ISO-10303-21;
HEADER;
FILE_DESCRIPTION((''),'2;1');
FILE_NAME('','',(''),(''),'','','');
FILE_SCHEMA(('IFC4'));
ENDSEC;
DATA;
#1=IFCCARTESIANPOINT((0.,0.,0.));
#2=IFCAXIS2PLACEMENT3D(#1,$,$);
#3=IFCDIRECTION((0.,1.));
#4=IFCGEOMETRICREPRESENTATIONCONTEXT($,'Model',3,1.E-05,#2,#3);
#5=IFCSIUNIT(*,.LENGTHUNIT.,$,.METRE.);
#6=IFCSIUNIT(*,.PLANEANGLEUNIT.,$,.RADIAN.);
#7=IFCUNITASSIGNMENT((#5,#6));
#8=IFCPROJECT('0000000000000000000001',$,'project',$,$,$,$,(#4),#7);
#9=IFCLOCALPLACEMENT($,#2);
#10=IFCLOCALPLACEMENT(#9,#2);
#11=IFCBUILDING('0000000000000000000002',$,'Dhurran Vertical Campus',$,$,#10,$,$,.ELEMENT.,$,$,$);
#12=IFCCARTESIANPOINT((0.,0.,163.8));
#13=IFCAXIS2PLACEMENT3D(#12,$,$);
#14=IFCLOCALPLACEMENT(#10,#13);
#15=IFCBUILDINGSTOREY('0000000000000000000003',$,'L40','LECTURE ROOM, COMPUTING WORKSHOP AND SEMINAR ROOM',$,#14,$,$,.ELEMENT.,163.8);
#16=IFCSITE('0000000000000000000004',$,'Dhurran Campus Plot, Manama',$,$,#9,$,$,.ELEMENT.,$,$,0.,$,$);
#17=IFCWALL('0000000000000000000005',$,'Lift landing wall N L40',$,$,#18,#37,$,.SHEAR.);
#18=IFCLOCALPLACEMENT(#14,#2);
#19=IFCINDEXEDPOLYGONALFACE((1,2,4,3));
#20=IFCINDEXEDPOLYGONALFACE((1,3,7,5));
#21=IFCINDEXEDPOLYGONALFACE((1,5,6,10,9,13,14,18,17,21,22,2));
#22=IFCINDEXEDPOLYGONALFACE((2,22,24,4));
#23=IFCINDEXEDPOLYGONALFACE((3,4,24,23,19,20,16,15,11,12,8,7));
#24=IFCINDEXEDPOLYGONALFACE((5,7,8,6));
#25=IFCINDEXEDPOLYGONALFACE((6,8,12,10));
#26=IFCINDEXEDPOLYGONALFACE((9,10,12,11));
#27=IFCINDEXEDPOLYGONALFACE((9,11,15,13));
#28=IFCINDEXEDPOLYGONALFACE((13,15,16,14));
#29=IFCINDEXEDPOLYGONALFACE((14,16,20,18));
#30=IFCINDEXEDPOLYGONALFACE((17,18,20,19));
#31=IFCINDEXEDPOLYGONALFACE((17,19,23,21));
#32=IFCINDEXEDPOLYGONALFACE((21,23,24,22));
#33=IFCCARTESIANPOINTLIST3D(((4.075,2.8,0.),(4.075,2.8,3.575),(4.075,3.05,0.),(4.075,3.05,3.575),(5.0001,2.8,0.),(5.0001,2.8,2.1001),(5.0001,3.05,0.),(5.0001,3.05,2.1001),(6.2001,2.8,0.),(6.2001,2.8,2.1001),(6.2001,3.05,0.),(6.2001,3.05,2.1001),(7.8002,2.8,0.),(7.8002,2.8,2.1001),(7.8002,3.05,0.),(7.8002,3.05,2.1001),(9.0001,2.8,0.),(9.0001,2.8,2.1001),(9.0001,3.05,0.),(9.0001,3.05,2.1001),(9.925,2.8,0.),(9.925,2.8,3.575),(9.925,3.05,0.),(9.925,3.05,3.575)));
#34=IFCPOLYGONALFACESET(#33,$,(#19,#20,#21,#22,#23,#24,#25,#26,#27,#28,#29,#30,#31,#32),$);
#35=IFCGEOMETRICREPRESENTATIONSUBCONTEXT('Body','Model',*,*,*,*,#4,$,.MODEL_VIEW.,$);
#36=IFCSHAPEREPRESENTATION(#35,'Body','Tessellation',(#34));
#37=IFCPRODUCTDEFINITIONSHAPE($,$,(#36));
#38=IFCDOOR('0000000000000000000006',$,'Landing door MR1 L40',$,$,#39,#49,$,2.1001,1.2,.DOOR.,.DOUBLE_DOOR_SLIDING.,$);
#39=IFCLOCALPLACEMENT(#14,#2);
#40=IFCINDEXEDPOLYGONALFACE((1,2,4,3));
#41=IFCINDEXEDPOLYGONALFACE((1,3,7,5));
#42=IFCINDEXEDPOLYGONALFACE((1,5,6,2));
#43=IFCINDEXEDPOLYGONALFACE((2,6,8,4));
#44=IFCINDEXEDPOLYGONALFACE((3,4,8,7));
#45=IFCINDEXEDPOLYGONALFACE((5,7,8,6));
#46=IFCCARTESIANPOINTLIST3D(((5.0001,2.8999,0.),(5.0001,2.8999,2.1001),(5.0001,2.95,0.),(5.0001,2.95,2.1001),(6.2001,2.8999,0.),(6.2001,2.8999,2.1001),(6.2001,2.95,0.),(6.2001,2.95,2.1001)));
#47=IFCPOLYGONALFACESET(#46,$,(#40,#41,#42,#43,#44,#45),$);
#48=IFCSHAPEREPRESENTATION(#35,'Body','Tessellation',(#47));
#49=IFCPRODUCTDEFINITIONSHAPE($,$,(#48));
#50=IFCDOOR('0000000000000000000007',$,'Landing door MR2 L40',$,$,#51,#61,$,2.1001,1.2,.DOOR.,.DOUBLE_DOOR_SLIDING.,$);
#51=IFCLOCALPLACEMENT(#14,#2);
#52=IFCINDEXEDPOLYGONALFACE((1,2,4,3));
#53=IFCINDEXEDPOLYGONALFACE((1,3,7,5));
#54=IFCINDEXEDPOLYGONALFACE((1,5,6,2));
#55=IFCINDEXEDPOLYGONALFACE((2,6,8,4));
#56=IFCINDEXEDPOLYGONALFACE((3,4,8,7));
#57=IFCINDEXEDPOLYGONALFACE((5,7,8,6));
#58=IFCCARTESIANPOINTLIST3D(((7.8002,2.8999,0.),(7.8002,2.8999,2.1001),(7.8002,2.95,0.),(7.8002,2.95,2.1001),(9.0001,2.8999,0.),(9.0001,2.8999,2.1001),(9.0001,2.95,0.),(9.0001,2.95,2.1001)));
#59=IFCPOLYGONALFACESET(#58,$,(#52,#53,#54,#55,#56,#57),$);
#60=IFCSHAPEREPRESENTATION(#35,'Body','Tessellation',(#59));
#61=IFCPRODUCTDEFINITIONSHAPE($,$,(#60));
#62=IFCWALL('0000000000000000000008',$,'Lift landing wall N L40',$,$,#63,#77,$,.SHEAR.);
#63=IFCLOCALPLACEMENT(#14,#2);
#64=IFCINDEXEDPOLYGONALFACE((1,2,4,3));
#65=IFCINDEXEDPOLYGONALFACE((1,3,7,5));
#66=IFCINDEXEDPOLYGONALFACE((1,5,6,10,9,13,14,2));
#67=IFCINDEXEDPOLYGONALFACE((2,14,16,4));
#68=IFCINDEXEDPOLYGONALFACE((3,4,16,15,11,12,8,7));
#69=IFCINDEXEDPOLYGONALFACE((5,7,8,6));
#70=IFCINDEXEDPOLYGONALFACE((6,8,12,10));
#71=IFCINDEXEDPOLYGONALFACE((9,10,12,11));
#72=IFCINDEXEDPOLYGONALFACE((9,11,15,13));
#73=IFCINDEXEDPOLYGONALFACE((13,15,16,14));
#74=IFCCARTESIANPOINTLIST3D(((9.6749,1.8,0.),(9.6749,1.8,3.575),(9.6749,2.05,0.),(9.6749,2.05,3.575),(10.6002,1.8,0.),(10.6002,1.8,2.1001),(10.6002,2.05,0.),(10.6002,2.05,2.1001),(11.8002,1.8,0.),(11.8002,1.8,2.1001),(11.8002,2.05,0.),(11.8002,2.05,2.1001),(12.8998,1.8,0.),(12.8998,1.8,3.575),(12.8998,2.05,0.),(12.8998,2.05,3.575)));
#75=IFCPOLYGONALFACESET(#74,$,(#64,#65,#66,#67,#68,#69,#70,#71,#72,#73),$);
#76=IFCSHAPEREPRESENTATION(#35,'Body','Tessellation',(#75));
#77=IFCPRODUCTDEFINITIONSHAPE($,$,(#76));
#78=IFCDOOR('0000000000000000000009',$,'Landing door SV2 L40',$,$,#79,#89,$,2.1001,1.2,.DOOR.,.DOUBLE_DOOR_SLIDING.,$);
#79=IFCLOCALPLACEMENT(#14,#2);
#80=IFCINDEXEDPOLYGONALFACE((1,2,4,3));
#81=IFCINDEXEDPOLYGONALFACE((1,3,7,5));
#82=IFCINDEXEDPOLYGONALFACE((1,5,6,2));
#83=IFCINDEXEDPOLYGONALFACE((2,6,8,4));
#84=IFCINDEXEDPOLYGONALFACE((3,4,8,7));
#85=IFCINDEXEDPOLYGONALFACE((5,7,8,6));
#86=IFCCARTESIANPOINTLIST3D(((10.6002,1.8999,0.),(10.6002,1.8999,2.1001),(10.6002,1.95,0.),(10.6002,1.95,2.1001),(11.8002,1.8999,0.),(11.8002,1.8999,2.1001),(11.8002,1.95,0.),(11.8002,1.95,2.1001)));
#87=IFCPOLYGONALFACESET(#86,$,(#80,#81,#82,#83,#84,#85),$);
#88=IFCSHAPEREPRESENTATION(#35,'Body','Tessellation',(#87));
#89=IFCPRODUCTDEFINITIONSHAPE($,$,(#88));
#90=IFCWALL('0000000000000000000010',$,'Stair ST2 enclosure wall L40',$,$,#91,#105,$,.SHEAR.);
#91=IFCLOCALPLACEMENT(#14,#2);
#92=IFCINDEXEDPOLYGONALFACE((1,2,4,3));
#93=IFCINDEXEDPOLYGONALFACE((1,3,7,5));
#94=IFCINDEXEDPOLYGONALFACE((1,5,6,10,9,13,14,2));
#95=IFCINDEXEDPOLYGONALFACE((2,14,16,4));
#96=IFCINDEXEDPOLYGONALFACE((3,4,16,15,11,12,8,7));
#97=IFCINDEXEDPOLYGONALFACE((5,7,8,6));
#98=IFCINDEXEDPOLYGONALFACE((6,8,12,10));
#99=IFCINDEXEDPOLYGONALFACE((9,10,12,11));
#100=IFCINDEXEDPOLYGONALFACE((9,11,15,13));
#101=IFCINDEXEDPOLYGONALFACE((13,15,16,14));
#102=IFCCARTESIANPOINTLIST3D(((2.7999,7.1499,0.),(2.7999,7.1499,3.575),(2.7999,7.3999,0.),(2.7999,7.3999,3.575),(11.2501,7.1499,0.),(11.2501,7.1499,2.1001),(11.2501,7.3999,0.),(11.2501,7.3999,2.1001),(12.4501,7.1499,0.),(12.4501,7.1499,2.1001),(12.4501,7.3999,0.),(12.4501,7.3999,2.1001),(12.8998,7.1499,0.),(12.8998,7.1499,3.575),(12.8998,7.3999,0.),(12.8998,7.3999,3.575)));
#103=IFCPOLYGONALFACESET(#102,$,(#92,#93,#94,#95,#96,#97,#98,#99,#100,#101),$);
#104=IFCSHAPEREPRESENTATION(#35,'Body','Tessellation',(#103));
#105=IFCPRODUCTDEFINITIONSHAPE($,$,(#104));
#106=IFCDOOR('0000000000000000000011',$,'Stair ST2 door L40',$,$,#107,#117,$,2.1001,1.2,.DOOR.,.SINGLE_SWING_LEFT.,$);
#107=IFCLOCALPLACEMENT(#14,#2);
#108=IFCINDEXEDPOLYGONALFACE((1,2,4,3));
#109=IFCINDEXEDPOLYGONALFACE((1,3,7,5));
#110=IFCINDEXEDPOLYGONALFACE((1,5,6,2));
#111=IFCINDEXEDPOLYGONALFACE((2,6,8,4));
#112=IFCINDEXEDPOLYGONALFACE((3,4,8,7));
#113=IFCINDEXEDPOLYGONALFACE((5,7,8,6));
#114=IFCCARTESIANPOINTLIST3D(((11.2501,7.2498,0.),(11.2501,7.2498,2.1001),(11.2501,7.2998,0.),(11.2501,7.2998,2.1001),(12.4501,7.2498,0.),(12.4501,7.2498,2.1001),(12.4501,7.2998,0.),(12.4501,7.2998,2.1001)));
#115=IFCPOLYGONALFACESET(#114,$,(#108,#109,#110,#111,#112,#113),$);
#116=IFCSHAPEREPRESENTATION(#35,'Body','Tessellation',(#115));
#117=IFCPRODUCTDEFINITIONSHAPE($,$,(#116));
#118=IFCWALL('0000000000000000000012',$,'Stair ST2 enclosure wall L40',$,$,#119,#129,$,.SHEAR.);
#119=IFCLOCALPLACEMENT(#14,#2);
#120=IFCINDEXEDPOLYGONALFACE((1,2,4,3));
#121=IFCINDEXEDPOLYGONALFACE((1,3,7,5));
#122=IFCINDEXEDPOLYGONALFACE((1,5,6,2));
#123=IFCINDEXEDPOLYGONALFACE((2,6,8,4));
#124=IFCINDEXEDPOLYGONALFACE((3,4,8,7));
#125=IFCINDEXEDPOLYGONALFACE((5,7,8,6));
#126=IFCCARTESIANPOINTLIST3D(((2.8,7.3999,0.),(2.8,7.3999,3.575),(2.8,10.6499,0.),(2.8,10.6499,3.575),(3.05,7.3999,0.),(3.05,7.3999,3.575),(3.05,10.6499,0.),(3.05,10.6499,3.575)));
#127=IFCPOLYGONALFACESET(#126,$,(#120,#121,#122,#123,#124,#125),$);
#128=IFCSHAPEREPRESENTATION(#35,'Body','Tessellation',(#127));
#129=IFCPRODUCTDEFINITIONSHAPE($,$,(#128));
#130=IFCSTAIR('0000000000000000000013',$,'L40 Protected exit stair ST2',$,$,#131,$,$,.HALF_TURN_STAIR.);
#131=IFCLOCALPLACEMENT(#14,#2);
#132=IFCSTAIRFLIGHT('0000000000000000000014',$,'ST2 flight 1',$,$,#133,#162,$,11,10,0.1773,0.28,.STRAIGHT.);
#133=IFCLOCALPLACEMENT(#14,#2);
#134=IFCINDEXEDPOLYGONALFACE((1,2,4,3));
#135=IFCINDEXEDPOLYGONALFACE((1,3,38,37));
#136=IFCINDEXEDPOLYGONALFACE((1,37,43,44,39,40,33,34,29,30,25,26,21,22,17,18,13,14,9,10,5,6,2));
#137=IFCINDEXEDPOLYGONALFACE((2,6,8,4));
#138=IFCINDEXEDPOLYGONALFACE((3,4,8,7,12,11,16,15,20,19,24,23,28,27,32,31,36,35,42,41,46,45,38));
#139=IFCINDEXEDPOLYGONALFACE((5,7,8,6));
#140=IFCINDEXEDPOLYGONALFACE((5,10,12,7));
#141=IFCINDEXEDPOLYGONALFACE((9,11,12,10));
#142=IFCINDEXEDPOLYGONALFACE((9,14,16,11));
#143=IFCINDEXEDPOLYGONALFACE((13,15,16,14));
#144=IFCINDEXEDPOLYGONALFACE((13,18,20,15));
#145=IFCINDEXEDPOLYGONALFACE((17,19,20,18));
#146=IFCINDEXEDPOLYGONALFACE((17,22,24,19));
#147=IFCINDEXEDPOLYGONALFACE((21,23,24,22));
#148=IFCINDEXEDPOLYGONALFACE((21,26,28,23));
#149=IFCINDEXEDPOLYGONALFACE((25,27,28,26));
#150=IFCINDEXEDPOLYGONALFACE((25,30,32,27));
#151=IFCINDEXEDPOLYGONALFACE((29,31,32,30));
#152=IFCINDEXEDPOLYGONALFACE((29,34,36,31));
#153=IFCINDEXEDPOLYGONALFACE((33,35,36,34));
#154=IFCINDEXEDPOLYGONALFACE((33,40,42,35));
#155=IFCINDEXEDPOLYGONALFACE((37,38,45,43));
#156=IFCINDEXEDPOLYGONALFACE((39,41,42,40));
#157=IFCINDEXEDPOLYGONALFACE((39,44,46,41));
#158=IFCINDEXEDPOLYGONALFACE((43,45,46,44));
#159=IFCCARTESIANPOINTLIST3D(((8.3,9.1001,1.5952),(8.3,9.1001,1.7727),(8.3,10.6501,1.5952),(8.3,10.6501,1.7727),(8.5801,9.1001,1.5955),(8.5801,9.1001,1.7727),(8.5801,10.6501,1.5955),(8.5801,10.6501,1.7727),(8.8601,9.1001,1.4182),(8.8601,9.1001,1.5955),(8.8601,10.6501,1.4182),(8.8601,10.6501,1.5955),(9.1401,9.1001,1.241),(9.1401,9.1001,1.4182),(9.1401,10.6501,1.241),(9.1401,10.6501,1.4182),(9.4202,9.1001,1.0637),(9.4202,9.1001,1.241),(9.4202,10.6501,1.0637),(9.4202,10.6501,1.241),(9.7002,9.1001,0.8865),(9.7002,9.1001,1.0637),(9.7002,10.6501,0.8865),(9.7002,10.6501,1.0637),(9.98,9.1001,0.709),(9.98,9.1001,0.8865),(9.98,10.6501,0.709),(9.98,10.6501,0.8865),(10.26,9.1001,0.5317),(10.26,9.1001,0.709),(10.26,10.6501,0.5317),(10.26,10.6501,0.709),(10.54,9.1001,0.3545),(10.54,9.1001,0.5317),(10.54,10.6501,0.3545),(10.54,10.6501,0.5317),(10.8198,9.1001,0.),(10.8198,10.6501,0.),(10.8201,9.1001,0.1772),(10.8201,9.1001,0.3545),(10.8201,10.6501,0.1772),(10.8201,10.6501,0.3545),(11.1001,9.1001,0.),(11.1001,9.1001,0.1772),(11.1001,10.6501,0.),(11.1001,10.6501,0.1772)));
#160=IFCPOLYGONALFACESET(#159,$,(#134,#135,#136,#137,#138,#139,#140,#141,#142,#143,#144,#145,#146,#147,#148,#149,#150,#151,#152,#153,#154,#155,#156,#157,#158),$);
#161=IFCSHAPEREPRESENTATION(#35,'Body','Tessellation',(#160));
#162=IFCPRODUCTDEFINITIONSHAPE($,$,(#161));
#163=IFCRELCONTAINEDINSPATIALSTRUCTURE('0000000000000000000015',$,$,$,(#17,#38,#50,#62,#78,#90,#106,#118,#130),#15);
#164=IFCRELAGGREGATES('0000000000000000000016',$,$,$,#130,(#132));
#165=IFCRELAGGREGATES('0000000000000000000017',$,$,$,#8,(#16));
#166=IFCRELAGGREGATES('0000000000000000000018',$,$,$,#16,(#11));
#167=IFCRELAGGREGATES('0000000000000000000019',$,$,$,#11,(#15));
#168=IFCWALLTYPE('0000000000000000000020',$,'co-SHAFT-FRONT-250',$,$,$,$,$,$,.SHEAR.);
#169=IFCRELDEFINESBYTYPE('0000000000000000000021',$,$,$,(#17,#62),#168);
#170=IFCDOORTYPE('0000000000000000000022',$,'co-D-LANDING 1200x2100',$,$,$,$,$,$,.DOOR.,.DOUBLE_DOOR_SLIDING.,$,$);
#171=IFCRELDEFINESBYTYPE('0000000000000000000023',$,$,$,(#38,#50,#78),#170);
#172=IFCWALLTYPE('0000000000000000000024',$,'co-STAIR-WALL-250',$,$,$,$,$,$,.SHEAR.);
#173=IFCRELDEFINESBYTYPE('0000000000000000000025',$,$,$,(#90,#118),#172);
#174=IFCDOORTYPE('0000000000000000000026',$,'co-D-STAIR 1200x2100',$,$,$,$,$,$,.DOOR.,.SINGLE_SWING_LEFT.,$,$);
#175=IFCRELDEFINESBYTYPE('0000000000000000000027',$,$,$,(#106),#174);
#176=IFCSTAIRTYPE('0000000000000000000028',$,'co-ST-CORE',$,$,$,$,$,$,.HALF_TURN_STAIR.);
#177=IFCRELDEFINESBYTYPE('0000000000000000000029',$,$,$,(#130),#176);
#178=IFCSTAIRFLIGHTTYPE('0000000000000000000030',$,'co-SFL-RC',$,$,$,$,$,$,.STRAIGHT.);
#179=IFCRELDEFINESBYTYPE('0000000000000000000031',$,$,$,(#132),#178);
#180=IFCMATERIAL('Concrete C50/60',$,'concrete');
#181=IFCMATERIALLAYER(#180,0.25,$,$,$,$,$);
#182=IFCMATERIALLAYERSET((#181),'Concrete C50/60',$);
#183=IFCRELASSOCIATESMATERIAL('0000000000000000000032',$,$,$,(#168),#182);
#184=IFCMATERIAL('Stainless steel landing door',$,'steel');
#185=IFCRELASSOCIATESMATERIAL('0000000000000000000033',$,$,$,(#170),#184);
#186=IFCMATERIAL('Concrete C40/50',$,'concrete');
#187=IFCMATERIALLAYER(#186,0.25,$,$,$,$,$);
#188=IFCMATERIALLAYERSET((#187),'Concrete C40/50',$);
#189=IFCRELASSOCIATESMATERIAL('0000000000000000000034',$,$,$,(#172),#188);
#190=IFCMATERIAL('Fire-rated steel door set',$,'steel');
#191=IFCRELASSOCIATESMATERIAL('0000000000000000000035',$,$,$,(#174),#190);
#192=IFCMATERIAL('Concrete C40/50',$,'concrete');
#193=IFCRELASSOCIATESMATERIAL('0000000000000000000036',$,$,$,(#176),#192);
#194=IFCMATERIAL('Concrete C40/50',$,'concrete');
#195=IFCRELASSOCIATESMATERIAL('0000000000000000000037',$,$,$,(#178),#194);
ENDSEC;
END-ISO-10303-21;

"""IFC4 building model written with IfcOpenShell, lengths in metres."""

from ifc_helpers import new_model, si_unit, direction, frame, frame_2d, origin, place, context, subcontext, project, spatial, polyline, rectangle, outline, extrude, material, layer, layer_set, type_object, element, fill, aggregate, save


model = new_model("IFC4")

# Units and contexts
model_context = context("Model", 3, precision=1e-05, world=origin(), true_north=direction((0.0, 1.0)))
body_context = subcontext(model_context, "Body", "Model", "MODEL_VIEW")
ifc_project = project(units=[si_unit("LENGTHUNIT", "METRE"), si_unit("PLANEANGLEUNIT", "RADIAN")], contexts=[model_context])

# Site, building, storey
site_placement = place(None, origin())
site = spatial("IfcSite", under=ifc_project, at=site_placement, Name="Dhurran Campus Plot, Manama", CompositionType="ELEMENT", RefElevation=0.0)
building_placement = place(site_placement, origin())
building = spatial("IfcBuilding", under=site, at=building_placement, Name="Dhurran Vertical Campus", CompositionType="ELEMENT")
storey_placement = place(building_placement, frame((0.0, 0.0, 163.8)))
storey = spatial("IfcBuildingStorey", under=building, at=storey_placement, Name="L40", Description="LECTURE ROOM, COMPUTING WORKSHOP AND SEMINAR ROOM", CompositionType="ELEMENT", Elevation=163.8)

# Wall, openings, doors
ifc_material_1 = material(Name="Concrete C50/60", Category="concrete")
ifc_layer_1 = layer(ifc_material_1, 0.25)
ifc_layer_set_1 = layer_set([ifc_layer_1], Name="Concrete C50/60")
wall_type_1 = type_object("IfcWallType", Name="co-SHAFT-FRONT-250", PredefinedType="SHEAR", material=ifc_layer_set_1)
wall_1_placement = place(storey_placement, frame((4.075, 2.925, 0.0), z_axis=(0.0, 0.0, 1.0), x_axis=(1.0, 0.0, 0.0)))
wall_1 = element("IfcWall", 1, at=wall_1_placement, inside=storey, type_object=wall_type_1, Name="Lift landing wall N L40", PredefinedType="SHEAR", context=body_context, shape_type="SweptSolid", body=[
    extrude(rectangle(XDim=5.8501, YDim=0.25, at=frame_2d((2.925, 0.0))), origin(), (0.0, 0.0, 1.0), 3.575),
])
opening_1_placement = place(wall_1_placement, frame((0.925, 0.0, 0.0)))
opening_1 = element("IfcOpeningElement", 2, at=opening_1_placement, cuts=wall_1, PredefinedType="OPENING", context=body_context, shape_type="SweptSolid", body=[
    extrude(rectangle(XDim=1.2, YDim=2.1001, at=frame_2d((0.6001, 1.05))), frame((0.0, 0.135, 0.0), z_axis=(0.0, -1.0, 0.0), x_axis=(1.0, 0.0, 0.0)), (0.0, 0.0, 1.0), 0.27),
])
opening_2_placement = place(wall_1_placement, frame((3.7251, 0.0, 0.0)))
opening_2 = element("IfcOpeningElement", 3, at=opening_2_placement, cuts=wall_1, PredefinedType="OPENING", context=body_context, shape_type="SweptSolid", body=[
    extrude(rectangle(XDim=1.2, YDim=2.1001, at=frame_2d((0.6001, 1.05))), frame((0.0, 0.135, 0.0), z_axis=(0.0, -1.0, 0.0), x_axis=(1.0, 0.0, 0.0)), (0.0, 0.0, 1.0), 0.27),
])
ifc_material_2 = material(Name="Stainless steel landing door", Category="steel")
door_type_1 = type_object("IfcDoorType", Name="co-D-LANDING 1200x2100", OperationType="DOUBLE_DOOR_SLIDING", PredefinedType="DOOR", material=ifc_material_2)
door_1_placement = place(opening_1_placement, origin())
door_1 = element("IfcDoor", 4, at=door_1_placement, inside=storey, type_object=door_type_1, Name="Landing door MR1 L40", OperationType="DOUBLE_DOOR_SLIDING", OverallHeight=2.1001, OverallWidth=1.2, PredefinedType="DOOR", context=body_context, shape_type="SweptSolid", body=[
    extrude(rectangle(XDim=1.2, YDim=2.1001, at=frame_2d((0.6001, 1.05))), frame((0.0, 0.0249, 0.0), z_axis=(0.0, -1.0, 0.0), x_axis=(1.0, 0.0, 0.0)), (0.0, 0.0, 1.0), 0.05),
])
fill(opening_1, door_1)
door_2_placement = place(opening_2_placement, origin())
door_2 = element("IfcDoor", 5, at=door_2_placement, inside=storey, type_object=door_type_1, Name="Landing door MR2 L40", OperationType="DOUBLE_DOOR_SLIDING", OverallHeight=2.1001, OverallWidth=1.2, PredefinedType="DOOR", context=body_context, shape_type="SweptSolid", body=[
    extrude(rectangle(XDim=1.2, YDim=2.1001, at=frame_2d((0.6001, 1.05))), frame((0.0, 0.0249, 0.0), z_axis=(0.0, -1.0, 0.0), x_axis=(1.0, 0.0, 0.0)), (0.0, 0.0, 1.0), 0.05),
])
fill(opening_2, door_2)

# Walls, openings, doors
wall_2_placement = place(storey_placement, frame((9.675, 1.925, 0.0), z_axis=(0.0, 0.0, 1.0), x_axis=(1.0, 0.0, 0.0)))
wall_2 = element("IfcWall", 6, at=wall_2_placement, inside=storey, type_object=wall_type_1, Name="Lift landing wall N L40", PredefinedType="SHEAR", context=body_context, shape_type="SweptSolid", body=[
    extrude(rectangle(XDim=3.2249, YDim=0.25, at=frame_2d((1.6123, 0.0))), origin(), (0.0, 0.0, 1.0), 3.575),
])
opening_3_placement = place(wall_2_placement, frame((0.925, 0.0, 0.0)))
opening_3 = element("IfcOpeningElement", 7, at=opening_3_placement, cuts=wall_2, PredefinedType="OPENING", context=body_context, shape_type="SweptSolid", body=[
    extrude(rectangle(XDim=1.2, YDim=2.1001, at=frame_2d((0.6001, 1.05))), frame((0.0, 0.135, 0.0), z_axis=(0.0, -1.0, 0.0), x_axis=(1.0, 0.0, 0.0)), (0.0, 0.0, 1.0), 0.27),
])
door_3_placement = place(opening_3_placement, origin())
door_3 = element("IfcDoor", 8, at=door_3_placement, inside=storey, type_object=door_type_1, Name="Landing door SV2 L40", OperationType="DOUBLE_DOOR_SLIDING", OverallHeight=2.1001, OverallWidth=1.2, PredefinedType="DOOR", context=body_context, shape_type="SweptSolid", body=[
    extrude(rectangle(XDim=1.2, YDim=2.1001, at=frame_2d((0.6001, 1.05))), frame((0.0, 0.0249, 0.0), z_axis=(0.0, -1.0, 0.0), x_axis=(1.0, 0.0, 0.0)), (0.0, 0.0, 1.0), 0.05),
])
fill(opening_3, door_3)
ifc_material_3 = material(Name="Concrete C40/50", Category="concrete")
ifc_layer_2 = layer(ifc_material_3, 0.25)
ifc_layer_set_2 = layer_set([ifc_layer_2], Name="Concrete C40/50")
wall_type_2 = type_object("IfcWallType", Name="co-STAIR-WALL-250", PredefinedType="SHEAR", material=ifc_layer_set_2)
wall_3_placement = place(storey_placement, frame((2.8, 7.2749, 0.0), z_axis=(0.0, 0.0, 1.0), x_axis=(1.0, 0.0, 0.0)))
wall_3 = element("IfcWall", 9, at=wall_3_placement, inside=storey, type_object=wall_type_2, Name="Stair ST2 enclosure wall L40", PredefinedType="SHEAR", context=body_context, shape_type="SweptSolid", body=[
    extrude(rectangle(XDim=10.0999, YDim=0.25, at=frame_2d((5.0498, 0.0))), origin(), (0.0, 0.0, 1.0), 3.575),
])
opening_4_placement = place(wall_3_placement, frame((8.45, 0.0, 0.0)))
opening_4 = element("IfcOpeningElement", 10, at=opening_4_placement, cuts=wall_3, PredefinedType="OPENING", context=body_context, shape_type="SweptSolid", body=[
    extrude(rectangle(XDim=1.2, YDim=2.1001, at=frame_2d((0.6001, 1.05))), frame((0.0, 0.135, 0.0), z_axis=(0.0, -1.0, 0.0), x_axis=(1.0, 0.0, 0.0)), (0.0, 0.0, 1.0), 0.27),
])
ifc_material_4 = material(Name="Fire-rated steel door set", Category="steel")
door_type_2 = type_object("IfcDoorType", Name="co-D-STAIR 1200x2100", OperationType="SINGLE_SWING_LEFT", PredefinedType="DOOR", material=ifc_material_4)
door_4_placement = place(opening_4_placement, origin())
door_4 = element("IfcDoor", 11, at=door_4_placement, inside=storey, type_object=door_type_2, Name="Stair ST2 door L40", OperationType="SINGLE_SWING_LEFT", OverallHeight=2.1001, OverallWidth=1.2, PredefinedType="DOOR", context=body_context, shape_type="SweptSolid", body=[
    extrude(rectangle(XDim=1.2, YDim=2.1001, at=frame_2d((0.6001, 1.05))), frame((0.0, 0.0249, 0.0), z_axis=(0.0, -1.0, 0.0), x_axis=(1.0, 0.0, 0.0)), (0.0, 0.0, 1.0), 0.05),
])
fill(opening_4, door_4)

# Wall
wall_4_placement = place(storey_placement, frame((2.925, 7.3999, 0.0), z_axis=(0.0, 0.0, 1.0), x_axis=(0.0, 1.0, 0.0)))
element("IfcWall", 12, at=wall_4_placement, inside=storey, type_object=wall_type_2, Name="Stair ST2 enclosure wall L40", PredefinedType="SHEAR", context=body_context, shape_type="SweptSolid", body=[
    extrude(rectangle(XDim=3.25, YDim=0.25, at=frame_2d((1.625, 0.0))), origin(), (0.0, 0.0, 1.0), 3.575),
])

# Stair, stair flight
ifc_material_5 = material(Name="Concrete C40/50", Category="concrete")
stair_type = type_object("IfcStairType", Name="co-ST-CORE", PredefinedType="HALF_TURN_STAIR", material=ifc_material_5)
stair_placement = place(storey_placement, origin())
stair = element("IfcStair", 13, at=stair_placement, inside=storey, type_object=stair_type, Name="L40 Protected exit stair ST2", PredefinedType="HALF_TURN_STAIR")
ifc_material_6 = material(Name="Concrete C40/50", Category="concrete")
stair_flight_type = type_object("IfcStairFlightType", Name="co-SFL-RC", PredefinedType="STRAIGHT", material=ifc_material_6)
stair_flight_1_placement = place(storey_placement, frame((11.1001, 9.875, 0.0), z_axis=(0.0, 0.0, 1.0), x_axis=(-1.0, 0.0, 0.0)))
stair_flight_1 = element("IfcStairFlight", 14, at=stair_flight_1_placement, type_object=stair_flight_type, Name="ST2 flight 1", NumberOfRisers=11, NumberOfTreads=10, PredefinedType="STRAIGHT", RiserHeight=0.1773, TreadLength=0.28, context=body_context, shape_type="SweptSolid", body=[
    extrude(outline(polyline([(0.0, 0.0), (0.0, 0.1772), (0.28, 0.1772), (0.28, 0.3545), (0.5601, 0.3545), (0.5601, 0.5317), (0.8401, 0.5317), (0.8401, 0.709), (1.1201, 0.709), (1.1201, 0.8865), (1.3999, 0.8865), (1.3999, 1.0637), (1.6799, 1.0637), (1.6799, 1.241), (1.96, 1.241), (1.96, 1.4182), (2.24, 1.4182), (2.24, 1.5955), (2.52, 1.5955), (2.52, 1.7727), (2.8, 1.7727), (2.8, 1.95), (2.8, 1.5952), (0.2803, 0.0), (0.0, 0.0)])), frame((0.0, 0.7749, 0.0), z_axis=(0.0, -1.0, 0.0), x_axis=(1.0, 0.0, 0.0)), (0.0, 0.0, 1.0), 1.55),
])
aggregate(stair, [stair_flight_1])

save(model, "model.ifc")
